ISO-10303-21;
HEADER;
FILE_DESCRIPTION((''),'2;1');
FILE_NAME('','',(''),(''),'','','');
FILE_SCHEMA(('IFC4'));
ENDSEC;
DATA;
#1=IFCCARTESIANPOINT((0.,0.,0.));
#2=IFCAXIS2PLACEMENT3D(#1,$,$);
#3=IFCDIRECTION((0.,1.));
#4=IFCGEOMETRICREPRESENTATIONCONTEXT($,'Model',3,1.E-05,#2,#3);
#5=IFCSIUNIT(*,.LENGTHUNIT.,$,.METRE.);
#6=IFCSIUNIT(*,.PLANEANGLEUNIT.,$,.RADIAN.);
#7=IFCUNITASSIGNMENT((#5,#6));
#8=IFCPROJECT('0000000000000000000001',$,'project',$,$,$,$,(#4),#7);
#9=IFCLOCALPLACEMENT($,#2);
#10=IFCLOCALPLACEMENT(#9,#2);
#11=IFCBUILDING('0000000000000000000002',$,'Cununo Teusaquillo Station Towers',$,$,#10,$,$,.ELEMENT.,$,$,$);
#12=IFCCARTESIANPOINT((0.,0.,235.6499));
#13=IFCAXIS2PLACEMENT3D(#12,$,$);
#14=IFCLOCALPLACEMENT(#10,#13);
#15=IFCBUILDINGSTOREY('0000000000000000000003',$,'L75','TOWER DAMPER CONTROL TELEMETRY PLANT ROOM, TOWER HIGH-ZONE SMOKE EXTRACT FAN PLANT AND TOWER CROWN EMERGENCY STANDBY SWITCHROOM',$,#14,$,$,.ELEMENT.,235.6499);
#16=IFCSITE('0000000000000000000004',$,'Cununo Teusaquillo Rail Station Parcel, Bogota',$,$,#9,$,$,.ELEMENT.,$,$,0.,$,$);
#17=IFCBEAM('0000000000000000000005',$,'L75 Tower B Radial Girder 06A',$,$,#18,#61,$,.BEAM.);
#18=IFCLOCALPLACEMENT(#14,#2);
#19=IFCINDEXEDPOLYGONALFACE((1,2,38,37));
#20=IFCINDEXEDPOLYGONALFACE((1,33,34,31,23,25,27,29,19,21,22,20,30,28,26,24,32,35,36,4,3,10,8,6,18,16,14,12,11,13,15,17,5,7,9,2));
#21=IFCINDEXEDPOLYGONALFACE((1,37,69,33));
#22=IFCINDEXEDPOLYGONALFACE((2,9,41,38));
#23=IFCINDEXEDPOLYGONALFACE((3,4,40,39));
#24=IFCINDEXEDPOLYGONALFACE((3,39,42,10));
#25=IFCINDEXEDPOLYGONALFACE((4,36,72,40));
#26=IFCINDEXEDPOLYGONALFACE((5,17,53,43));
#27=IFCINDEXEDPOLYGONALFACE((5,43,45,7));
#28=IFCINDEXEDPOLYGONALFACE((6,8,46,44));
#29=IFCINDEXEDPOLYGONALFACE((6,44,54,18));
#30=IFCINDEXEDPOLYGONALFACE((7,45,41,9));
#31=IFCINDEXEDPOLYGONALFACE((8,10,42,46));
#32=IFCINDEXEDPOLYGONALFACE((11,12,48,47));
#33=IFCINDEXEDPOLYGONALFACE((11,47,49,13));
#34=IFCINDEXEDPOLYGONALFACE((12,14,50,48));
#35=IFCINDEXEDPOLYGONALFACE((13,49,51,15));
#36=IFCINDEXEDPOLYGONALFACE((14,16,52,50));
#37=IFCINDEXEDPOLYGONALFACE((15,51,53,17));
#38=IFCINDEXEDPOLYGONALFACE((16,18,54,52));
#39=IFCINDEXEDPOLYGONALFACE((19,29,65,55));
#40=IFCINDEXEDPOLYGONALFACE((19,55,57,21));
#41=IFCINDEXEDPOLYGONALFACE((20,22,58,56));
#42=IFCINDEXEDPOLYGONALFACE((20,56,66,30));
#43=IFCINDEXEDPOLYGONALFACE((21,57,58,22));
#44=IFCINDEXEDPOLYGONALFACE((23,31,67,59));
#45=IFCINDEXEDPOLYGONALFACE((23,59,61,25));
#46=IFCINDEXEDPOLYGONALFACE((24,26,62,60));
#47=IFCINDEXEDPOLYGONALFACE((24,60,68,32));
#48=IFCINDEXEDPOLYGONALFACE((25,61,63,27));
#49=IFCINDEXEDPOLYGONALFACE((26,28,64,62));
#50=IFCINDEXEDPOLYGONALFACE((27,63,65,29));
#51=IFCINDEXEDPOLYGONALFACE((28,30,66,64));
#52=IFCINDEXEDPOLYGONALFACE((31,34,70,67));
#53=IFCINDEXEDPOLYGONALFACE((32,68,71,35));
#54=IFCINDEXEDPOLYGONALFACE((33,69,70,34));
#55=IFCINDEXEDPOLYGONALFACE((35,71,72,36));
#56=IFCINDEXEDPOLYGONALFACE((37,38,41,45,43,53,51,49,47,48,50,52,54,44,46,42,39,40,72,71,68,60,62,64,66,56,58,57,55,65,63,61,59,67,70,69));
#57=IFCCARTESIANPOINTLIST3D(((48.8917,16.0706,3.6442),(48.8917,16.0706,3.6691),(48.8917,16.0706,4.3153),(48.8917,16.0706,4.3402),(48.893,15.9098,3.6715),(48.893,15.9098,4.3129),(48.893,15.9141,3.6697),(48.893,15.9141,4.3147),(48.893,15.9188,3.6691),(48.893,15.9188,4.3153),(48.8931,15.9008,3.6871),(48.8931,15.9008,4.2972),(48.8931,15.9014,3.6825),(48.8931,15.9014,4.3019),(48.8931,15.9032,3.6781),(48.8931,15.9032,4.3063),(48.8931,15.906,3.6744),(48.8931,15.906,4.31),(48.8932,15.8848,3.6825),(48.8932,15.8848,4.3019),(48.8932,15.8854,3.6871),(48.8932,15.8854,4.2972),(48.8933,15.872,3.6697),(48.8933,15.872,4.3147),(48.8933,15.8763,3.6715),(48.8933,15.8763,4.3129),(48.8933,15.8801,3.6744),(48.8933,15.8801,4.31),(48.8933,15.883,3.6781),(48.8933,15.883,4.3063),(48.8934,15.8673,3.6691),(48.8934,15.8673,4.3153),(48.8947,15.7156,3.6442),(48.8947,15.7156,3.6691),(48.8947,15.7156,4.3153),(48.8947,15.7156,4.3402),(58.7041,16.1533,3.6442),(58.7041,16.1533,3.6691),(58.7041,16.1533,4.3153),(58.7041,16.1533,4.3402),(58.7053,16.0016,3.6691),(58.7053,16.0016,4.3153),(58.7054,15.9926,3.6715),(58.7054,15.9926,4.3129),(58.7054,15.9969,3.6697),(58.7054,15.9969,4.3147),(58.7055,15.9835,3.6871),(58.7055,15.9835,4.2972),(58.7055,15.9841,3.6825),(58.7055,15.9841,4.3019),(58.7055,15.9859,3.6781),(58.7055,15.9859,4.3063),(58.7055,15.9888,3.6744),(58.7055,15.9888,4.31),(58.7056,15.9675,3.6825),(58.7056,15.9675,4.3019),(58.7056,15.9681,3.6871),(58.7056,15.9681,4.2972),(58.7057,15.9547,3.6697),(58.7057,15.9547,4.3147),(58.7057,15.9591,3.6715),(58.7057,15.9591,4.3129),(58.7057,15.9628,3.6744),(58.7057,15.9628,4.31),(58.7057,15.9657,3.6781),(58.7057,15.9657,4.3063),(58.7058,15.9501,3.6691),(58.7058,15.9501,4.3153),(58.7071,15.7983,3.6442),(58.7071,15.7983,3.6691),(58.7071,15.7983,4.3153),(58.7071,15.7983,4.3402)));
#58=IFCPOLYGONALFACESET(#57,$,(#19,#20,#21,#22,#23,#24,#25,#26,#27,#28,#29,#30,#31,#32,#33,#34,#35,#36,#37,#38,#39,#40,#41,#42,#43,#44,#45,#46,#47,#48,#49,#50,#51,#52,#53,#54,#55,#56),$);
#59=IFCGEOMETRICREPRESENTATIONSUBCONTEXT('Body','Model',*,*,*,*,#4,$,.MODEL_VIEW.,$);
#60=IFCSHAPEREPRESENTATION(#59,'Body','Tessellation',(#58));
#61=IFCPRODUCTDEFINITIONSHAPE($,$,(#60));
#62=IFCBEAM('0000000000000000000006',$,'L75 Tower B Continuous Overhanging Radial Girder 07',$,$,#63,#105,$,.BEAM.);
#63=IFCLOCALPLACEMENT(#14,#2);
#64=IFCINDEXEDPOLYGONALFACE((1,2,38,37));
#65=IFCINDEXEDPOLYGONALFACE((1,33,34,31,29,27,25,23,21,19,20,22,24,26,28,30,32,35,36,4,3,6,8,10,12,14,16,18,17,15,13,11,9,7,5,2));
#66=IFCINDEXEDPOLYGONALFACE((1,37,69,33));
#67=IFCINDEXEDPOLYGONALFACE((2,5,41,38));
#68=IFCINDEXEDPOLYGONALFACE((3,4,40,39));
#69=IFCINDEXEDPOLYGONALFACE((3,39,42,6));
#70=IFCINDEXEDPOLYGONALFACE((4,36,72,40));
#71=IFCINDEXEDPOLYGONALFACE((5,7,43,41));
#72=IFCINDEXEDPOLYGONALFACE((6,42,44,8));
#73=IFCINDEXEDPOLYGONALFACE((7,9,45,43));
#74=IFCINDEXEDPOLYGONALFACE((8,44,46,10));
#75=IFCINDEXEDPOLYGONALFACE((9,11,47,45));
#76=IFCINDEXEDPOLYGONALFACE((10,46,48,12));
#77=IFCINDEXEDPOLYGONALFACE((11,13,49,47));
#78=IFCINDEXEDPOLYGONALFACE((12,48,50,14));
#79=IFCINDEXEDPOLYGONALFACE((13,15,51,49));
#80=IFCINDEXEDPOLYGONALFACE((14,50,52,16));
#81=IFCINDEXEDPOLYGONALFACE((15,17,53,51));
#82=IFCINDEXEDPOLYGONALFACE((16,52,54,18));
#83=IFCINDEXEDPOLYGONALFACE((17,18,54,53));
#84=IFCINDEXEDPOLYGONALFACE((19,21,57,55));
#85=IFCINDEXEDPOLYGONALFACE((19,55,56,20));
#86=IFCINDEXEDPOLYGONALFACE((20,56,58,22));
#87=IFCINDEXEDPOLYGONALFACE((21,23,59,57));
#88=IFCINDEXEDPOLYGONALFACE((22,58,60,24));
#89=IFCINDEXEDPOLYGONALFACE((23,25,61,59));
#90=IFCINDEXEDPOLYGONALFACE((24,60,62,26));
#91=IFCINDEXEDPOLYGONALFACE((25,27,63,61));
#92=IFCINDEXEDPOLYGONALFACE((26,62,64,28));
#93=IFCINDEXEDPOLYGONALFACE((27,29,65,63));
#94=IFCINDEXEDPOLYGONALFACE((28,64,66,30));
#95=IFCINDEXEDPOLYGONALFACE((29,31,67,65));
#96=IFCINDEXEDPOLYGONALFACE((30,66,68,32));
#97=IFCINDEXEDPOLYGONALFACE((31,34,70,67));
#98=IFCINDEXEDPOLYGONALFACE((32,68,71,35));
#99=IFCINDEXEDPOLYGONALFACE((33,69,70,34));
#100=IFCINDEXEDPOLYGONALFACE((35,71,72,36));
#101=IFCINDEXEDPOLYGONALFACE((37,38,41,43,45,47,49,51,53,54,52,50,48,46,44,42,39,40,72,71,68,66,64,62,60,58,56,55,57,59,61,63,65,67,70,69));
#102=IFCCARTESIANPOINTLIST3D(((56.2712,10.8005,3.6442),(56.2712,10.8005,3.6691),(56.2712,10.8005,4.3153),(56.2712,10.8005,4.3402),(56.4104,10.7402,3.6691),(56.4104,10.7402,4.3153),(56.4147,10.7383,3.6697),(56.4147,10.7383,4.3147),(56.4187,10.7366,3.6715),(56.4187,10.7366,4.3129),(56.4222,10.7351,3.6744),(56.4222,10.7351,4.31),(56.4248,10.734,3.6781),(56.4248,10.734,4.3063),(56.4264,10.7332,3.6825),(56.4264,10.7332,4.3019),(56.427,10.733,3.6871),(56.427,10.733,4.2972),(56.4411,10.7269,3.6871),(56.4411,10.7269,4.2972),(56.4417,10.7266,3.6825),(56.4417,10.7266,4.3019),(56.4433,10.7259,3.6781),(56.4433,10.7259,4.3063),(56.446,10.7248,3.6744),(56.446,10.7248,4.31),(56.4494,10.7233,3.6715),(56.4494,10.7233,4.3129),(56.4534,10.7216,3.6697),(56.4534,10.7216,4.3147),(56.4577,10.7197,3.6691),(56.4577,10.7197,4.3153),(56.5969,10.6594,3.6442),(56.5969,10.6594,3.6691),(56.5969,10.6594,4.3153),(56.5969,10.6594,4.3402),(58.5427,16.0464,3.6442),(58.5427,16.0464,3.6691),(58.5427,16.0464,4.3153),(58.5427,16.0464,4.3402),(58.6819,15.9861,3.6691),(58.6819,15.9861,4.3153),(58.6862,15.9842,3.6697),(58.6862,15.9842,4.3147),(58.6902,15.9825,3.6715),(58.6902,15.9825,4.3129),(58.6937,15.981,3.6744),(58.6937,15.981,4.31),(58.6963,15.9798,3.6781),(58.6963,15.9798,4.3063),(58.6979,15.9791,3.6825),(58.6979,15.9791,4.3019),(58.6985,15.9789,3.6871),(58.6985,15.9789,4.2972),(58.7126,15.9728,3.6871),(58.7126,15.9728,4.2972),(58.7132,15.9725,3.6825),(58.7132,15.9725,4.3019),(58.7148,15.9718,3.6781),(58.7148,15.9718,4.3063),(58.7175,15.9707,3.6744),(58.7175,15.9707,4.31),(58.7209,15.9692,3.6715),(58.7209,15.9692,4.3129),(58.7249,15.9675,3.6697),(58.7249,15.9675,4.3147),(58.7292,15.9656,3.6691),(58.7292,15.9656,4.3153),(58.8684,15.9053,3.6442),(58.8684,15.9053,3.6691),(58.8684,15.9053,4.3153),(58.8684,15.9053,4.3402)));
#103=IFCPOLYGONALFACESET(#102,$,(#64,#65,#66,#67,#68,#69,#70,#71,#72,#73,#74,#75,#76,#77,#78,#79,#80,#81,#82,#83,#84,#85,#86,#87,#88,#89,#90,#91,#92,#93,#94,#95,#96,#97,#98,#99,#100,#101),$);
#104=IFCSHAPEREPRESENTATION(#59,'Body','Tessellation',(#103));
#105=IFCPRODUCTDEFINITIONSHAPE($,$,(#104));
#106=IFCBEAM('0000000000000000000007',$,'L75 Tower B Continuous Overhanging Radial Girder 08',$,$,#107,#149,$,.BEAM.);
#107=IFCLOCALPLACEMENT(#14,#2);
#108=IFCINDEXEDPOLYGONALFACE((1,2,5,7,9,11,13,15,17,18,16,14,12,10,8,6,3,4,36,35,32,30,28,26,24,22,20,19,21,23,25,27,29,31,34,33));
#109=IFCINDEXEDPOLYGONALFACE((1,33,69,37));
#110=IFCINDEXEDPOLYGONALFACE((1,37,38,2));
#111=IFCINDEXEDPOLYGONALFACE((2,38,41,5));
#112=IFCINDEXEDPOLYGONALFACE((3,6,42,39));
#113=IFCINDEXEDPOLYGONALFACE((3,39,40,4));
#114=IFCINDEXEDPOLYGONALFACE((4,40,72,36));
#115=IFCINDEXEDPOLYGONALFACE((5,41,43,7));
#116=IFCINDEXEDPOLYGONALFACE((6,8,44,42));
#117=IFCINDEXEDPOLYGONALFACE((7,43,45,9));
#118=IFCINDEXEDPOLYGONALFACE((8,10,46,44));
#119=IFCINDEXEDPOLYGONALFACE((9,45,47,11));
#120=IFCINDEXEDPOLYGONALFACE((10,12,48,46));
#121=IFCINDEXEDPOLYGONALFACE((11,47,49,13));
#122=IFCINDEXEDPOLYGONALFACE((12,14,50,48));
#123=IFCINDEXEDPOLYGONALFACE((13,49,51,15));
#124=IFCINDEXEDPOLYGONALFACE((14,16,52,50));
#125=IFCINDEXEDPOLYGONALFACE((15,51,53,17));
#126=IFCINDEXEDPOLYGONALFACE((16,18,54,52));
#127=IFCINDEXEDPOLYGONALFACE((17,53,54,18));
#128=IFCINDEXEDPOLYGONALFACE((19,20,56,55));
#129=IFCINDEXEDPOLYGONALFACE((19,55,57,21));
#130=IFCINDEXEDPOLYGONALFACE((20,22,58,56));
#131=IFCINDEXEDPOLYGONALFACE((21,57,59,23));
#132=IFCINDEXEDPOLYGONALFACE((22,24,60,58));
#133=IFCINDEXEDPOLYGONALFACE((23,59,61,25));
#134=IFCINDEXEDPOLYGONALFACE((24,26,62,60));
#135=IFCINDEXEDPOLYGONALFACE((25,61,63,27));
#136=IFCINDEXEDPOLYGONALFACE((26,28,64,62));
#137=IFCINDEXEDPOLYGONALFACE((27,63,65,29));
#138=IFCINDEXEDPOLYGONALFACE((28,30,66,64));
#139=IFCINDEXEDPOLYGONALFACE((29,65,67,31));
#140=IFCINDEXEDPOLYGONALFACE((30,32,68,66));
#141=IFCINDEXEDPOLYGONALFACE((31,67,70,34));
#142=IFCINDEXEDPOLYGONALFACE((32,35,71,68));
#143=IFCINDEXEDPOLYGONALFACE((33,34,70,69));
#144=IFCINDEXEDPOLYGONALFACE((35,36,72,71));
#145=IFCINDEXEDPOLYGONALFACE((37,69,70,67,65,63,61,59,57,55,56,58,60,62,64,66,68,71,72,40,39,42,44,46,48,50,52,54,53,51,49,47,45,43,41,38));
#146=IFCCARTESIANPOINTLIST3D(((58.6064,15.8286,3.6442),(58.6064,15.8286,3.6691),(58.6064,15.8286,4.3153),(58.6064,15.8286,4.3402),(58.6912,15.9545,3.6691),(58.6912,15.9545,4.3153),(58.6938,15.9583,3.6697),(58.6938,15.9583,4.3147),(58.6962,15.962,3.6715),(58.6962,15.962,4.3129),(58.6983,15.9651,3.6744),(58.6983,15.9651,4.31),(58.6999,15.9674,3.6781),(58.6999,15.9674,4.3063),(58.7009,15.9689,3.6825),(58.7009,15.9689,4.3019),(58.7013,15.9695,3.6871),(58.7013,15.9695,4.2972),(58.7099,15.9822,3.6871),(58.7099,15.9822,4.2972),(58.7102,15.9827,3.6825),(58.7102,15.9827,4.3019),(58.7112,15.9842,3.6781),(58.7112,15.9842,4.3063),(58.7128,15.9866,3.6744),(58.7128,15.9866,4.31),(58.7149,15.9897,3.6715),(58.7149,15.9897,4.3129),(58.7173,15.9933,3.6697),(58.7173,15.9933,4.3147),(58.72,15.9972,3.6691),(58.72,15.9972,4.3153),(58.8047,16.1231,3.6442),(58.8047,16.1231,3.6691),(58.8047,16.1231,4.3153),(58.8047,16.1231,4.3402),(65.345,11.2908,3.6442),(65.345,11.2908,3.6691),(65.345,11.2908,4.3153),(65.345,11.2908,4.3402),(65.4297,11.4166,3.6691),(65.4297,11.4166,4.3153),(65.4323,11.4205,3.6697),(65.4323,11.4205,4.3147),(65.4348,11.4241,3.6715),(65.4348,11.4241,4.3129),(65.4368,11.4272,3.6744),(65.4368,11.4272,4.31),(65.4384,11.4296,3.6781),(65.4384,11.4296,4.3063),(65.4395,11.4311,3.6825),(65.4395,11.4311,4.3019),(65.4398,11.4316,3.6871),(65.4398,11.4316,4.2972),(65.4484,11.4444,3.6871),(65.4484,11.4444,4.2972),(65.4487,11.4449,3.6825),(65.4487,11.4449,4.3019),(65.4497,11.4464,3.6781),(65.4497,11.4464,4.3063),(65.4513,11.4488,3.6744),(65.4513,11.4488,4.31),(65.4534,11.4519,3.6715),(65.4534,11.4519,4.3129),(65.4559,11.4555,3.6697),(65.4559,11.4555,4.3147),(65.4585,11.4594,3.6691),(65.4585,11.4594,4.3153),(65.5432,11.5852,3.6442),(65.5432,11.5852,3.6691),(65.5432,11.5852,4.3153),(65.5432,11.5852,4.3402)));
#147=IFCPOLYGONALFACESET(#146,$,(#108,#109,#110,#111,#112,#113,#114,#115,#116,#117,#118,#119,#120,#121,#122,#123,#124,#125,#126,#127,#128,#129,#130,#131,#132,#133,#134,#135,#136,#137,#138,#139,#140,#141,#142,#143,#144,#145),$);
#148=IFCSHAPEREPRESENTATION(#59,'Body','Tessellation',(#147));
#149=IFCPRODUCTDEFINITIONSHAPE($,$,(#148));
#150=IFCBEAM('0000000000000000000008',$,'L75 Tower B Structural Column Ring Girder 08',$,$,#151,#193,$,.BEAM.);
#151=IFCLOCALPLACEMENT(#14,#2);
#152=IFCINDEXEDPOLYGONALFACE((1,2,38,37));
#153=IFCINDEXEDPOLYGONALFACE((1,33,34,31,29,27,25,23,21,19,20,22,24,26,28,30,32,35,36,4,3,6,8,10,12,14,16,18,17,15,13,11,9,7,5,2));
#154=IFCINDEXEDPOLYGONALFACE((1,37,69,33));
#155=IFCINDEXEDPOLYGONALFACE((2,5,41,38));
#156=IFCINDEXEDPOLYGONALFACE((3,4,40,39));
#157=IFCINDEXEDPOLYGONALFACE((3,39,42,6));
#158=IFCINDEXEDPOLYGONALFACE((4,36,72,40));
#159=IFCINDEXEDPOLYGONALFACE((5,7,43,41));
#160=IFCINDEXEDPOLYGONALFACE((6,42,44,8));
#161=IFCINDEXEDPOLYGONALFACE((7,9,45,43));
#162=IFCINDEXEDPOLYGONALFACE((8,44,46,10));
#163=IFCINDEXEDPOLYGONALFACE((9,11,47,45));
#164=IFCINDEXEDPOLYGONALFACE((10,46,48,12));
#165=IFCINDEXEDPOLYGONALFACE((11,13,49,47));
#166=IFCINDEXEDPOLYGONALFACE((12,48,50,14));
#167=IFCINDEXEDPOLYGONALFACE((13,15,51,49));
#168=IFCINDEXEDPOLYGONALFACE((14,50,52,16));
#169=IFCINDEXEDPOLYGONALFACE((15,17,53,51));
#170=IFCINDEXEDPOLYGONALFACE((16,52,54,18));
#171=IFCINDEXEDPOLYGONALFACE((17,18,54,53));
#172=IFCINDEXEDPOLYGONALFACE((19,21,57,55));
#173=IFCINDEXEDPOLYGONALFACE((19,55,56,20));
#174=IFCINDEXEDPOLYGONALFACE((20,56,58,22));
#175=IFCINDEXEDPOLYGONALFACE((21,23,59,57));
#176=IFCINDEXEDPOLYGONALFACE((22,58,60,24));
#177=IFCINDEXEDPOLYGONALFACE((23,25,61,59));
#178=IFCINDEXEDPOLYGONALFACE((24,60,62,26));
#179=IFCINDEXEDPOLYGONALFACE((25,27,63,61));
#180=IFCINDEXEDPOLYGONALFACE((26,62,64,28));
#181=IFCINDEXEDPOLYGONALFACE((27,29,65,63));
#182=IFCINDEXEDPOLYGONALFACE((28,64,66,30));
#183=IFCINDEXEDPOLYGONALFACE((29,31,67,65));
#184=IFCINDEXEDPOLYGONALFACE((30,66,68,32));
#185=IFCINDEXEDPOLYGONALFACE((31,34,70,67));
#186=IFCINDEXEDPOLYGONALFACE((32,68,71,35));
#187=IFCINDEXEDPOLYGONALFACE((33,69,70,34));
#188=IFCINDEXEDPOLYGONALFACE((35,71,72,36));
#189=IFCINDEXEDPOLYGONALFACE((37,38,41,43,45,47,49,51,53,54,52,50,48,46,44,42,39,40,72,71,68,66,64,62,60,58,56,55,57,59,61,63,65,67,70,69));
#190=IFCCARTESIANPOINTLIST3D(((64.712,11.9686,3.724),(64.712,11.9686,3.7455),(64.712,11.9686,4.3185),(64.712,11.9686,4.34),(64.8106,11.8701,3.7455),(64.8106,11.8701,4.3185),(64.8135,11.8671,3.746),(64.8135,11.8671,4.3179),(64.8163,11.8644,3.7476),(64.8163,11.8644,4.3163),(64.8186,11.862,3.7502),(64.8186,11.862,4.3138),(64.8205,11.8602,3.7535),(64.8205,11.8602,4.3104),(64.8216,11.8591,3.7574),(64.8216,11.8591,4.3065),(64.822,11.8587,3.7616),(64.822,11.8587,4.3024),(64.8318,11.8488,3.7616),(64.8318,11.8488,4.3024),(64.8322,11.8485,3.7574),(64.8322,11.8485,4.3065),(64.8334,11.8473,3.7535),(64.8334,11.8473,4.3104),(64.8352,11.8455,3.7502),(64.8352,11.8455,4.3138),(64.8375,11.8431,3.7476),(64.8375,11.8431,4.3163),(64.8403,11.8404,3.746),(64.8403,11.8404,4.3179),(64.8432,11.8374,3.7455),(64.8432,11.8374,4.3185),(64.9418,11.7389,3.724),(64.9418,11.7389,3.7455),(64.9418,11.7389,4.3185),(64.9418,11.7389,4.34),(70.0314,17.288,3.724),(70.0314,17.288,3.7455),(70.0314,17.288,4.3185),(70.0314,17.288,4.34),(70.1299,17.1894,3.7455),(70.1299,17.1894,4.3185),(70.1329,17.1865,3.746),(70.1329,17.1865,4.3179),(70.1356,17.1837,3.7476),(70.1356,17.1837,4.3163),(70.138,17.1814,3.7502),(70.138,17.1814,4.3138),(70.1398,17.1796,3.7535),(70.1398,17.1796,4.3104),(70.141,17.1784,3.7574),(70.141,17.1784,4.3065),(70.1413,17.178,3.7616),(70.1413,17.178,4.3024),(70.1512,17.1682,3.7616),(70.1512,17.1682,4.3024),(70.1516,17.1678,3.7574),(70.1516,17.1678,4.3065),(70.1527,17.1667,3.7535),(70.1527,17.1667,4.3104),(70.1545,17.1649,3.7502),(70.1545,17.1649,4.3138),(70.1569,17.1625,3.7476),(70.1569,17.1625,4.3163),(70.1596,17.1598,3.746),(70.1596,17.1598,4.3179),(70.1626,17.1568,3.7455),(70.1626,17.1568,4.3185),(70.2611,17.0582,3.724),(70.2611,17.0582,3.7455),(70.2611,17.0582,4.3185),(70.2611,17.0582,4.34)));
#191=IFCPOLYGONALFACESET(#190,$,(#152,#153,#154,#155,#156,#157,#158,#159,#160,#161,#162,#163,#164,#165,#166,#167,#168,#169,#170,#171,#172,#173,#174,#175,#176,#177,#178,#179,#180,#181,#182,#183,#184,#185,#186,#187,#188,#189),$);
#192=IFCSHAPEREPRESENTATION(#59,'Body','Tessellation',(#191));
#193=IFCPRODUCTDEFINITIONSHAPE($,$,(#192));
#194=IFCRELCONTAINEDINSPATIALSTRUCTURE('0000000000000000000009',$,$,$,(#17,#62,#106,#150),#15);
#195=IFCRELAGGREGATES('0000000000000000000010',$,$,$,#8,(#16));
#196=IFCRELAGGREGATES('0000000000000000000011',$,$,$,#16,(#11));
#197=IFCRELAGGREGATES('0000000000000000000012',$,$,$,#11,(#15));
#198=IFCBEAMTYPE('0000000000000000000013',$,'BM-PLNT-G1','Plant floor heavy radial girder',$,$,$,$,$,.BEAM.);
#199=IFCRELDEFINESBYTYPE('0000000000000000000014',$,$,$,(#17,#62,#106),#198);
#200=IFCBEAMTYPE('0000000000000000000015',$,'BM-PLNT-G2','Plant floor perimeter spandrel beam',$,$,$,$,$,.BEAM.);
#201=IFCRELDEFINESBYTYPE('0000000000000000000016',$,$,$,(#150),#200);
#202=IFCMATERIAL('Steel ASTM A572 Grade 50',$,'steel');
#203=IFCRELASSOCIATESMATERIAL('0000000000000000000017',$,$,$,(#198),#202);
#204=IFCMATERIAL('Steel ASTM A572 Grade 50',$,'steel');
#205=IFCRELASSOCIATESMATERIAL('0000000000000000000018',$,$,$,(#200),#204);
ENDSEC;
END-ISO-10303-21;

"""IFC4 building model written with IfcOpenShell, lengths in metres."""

from ifc_helpers import new_model, si_unit, direction, frame, origin, origin_2d, place, context, subcontext, project, spatial, i_section, extrude, material, material_profile, profile_set, type_object, element, save


model = new_model("IFC4")

# Units and contexts
model_context = context("Model", 3, precision=1e-05, world=origin(), true_north=direction((0.0, 1.0)))
body_context = subcontext(model_context, "Body", "Model", "MODEL_VIEW")
ifc_project = project(units=[si_unit("LENGTHUNIT", "METRE"), si_unit("PLANEANGLEUNIT", "RADIAN")], contexts=[model_context])

# Site, building, storey
site_placement = place(None, origin())
site = spatial("IfcSite", under=ifc_project, at=site_placement, Name="Cununo Teusaquillo Rail Station Parcel, Bogota", CompositionType="ELEMENT", RefElevation=0.0)
building_placement = place(site_placement, origin())
building = spatial("IfcBuilding", under=site, at=building_placement, Name="Cununo Teusaquillo Station Towers", CompositionType="ELEMENT")
storey_placement = place(building_placement, frame((0.0, 0.0, 235.6499)))
storey = spatial("IfcBuildingStorey", under=building, at=storey_placement, Name="L75", Description="TOWER DAMPER CONTROL TELEMETRY PLANT ROOM, TOWER HIGH-ZONE SMOKE EXTRACT FAN PLANT AND TOWER CROWN EMERGENCY STANDBY SWITCHROOM", CompositionType="ELEMENT", Elevation=235.6499)

# Beams
ifc_material_1 = material(Name="Steel ASTM A572 Grade 50", Category="steel")
ifc_material_profile_1 = material_profile(ifc_material_1, i_section(OverallWidth=0.355, OverallDepth=0.696, WebThickness=0.0154, FlangeThickness=0.0249, FilletRadius=0.0181, at=origin_2d()), Name="W27X146")
ifc_profile_set_1 = profile_set([ifc_material_profile_1], Name="Steel ASTM A572 Grade 50")
beam_type_1 = type_object("IfcBeamType", Name="BM-PLNT-G1", Description="Plant floor heavy radial girder", PredefinedType="BEAM", material=ifc_profile_set_1)
beam_1_placement = place(storey_placement, frame((58.7056, 15.9758, 3.9922), z_axis=(-0.999964, -0.008434, 0.0), x_axis=(0.008434, -0.999964, 0.0)))
element("IfcBeam", 1, at=beam_1_placement, inside=storey, type_object=beam_type_1, Name="L75 Tower B Radial Girder 06A", PredefinedType="BEAM", context=body_context, shape_type="SweptSolid", body=[
    extrude(i_section(OverallWidth=0.355, OverallDepth=0.696, WebThickness=0.0154, FlangeThickness=0.0249, FilletRadius=0.0181, at=origin_2d()), origin(), (0.0, 0.0, 1.0), 9.8127),
])
beam_2_placement = place(storey_placement, frame((58.7056, 15.9758, 3.9922), z_axis=(-0.397355, -0.917665, 0.0), x_axis=(0.917665, -0.397355, 0.0)))
element("IfcBeam", 2, at=beam_2_placement, inside=storey, type_object=beam_type_1, Name="L75 Tower B Continuous Overhanging Radial Girder 07", PredefinedType="BEAM", context=body_context, shape_type="SweptSolid", body=[
    extrude(i_section(OverallWidth=0.355, OverallDepth=0.696, WebThickness=0.0154, FlangeThickness=0.0249, FilletRadius=0.0181, at=origin_2d()), origin(), (0.0, 0.0, 1.0), 5.7166),
])
beam_3_placement = place(storey_placement, frame((58.7056, 15.9758, 3.9922), z_axis=(0.829457, -0.558571, 0.0), x_axis=(0.558571, 0.829457, 0.0)))
element("IfcBeam", 3, at=beam_3_placement, inside=storey, type_object=beam_type_1, Name="L75 Tower B Continuous Overhanging Radial Girder 08", PredefinedType="BEAM", context=body_context, shape_type="SweptSolid", body=[
    extrude(i_section(OverallWidth=0.355, OverallDepth=0.696, WebThickness=0.0154, FlangeThickness=0.0249, FilletRadius=0.0181, at=origin_2d()), origin(), (0.0, 0.0, 1.0), 8.124),
])
ifc_material_2 = material(Name="Steel ASTM A572 Grade 50", Category="steel")
ifc_material_profile_2 = material_profile(ifc_material_2, i_section(OverallWidth=0.325, OverallDepth=0.616, WebThickness=0.0139, FlangeThickness=0.0215, FilletRadius=0.0161, at=origin_2d()), Name="W24X117")
ifc_profile_set_2 = profile_set([ifc_material_profile_2], Name="Steel ASTM A572 Grade 50")
beam_type_2 = type_object("IfcBeamType", Name="BM-PLNT-G2", Description="Plant floor perimeter spandrel beam", PredefinedType="BEAM", material=ifc_profile_set_2)
beam_4_placement = place(storey_placement, frame((64.8269, 11.8538, 4.032), z_axis=(0.707107, 0.707107, 0.0), x_axis=(-0.707107, 0.707107, 0.0)))
element("IfcBeam", 4, at=beam_4_placement, inside=storey, type_object=beam_type_2, Name="L75 Tower B Structural Column Ring Girder 08", PredefinedType="BEAM", context=body_context, shape_type="SweptSolid", body=[
    extrude(i_section(OverallWidth=0.325, OverallDepth=0.616, WebThickness=0.0139, FlangeThickness=0.0215, FilletRadius=0.0161, at=origin_2d()), origin(), (0.0, 0.0, 1.0), 7.5227),
])

save(model, "model.ifc")
